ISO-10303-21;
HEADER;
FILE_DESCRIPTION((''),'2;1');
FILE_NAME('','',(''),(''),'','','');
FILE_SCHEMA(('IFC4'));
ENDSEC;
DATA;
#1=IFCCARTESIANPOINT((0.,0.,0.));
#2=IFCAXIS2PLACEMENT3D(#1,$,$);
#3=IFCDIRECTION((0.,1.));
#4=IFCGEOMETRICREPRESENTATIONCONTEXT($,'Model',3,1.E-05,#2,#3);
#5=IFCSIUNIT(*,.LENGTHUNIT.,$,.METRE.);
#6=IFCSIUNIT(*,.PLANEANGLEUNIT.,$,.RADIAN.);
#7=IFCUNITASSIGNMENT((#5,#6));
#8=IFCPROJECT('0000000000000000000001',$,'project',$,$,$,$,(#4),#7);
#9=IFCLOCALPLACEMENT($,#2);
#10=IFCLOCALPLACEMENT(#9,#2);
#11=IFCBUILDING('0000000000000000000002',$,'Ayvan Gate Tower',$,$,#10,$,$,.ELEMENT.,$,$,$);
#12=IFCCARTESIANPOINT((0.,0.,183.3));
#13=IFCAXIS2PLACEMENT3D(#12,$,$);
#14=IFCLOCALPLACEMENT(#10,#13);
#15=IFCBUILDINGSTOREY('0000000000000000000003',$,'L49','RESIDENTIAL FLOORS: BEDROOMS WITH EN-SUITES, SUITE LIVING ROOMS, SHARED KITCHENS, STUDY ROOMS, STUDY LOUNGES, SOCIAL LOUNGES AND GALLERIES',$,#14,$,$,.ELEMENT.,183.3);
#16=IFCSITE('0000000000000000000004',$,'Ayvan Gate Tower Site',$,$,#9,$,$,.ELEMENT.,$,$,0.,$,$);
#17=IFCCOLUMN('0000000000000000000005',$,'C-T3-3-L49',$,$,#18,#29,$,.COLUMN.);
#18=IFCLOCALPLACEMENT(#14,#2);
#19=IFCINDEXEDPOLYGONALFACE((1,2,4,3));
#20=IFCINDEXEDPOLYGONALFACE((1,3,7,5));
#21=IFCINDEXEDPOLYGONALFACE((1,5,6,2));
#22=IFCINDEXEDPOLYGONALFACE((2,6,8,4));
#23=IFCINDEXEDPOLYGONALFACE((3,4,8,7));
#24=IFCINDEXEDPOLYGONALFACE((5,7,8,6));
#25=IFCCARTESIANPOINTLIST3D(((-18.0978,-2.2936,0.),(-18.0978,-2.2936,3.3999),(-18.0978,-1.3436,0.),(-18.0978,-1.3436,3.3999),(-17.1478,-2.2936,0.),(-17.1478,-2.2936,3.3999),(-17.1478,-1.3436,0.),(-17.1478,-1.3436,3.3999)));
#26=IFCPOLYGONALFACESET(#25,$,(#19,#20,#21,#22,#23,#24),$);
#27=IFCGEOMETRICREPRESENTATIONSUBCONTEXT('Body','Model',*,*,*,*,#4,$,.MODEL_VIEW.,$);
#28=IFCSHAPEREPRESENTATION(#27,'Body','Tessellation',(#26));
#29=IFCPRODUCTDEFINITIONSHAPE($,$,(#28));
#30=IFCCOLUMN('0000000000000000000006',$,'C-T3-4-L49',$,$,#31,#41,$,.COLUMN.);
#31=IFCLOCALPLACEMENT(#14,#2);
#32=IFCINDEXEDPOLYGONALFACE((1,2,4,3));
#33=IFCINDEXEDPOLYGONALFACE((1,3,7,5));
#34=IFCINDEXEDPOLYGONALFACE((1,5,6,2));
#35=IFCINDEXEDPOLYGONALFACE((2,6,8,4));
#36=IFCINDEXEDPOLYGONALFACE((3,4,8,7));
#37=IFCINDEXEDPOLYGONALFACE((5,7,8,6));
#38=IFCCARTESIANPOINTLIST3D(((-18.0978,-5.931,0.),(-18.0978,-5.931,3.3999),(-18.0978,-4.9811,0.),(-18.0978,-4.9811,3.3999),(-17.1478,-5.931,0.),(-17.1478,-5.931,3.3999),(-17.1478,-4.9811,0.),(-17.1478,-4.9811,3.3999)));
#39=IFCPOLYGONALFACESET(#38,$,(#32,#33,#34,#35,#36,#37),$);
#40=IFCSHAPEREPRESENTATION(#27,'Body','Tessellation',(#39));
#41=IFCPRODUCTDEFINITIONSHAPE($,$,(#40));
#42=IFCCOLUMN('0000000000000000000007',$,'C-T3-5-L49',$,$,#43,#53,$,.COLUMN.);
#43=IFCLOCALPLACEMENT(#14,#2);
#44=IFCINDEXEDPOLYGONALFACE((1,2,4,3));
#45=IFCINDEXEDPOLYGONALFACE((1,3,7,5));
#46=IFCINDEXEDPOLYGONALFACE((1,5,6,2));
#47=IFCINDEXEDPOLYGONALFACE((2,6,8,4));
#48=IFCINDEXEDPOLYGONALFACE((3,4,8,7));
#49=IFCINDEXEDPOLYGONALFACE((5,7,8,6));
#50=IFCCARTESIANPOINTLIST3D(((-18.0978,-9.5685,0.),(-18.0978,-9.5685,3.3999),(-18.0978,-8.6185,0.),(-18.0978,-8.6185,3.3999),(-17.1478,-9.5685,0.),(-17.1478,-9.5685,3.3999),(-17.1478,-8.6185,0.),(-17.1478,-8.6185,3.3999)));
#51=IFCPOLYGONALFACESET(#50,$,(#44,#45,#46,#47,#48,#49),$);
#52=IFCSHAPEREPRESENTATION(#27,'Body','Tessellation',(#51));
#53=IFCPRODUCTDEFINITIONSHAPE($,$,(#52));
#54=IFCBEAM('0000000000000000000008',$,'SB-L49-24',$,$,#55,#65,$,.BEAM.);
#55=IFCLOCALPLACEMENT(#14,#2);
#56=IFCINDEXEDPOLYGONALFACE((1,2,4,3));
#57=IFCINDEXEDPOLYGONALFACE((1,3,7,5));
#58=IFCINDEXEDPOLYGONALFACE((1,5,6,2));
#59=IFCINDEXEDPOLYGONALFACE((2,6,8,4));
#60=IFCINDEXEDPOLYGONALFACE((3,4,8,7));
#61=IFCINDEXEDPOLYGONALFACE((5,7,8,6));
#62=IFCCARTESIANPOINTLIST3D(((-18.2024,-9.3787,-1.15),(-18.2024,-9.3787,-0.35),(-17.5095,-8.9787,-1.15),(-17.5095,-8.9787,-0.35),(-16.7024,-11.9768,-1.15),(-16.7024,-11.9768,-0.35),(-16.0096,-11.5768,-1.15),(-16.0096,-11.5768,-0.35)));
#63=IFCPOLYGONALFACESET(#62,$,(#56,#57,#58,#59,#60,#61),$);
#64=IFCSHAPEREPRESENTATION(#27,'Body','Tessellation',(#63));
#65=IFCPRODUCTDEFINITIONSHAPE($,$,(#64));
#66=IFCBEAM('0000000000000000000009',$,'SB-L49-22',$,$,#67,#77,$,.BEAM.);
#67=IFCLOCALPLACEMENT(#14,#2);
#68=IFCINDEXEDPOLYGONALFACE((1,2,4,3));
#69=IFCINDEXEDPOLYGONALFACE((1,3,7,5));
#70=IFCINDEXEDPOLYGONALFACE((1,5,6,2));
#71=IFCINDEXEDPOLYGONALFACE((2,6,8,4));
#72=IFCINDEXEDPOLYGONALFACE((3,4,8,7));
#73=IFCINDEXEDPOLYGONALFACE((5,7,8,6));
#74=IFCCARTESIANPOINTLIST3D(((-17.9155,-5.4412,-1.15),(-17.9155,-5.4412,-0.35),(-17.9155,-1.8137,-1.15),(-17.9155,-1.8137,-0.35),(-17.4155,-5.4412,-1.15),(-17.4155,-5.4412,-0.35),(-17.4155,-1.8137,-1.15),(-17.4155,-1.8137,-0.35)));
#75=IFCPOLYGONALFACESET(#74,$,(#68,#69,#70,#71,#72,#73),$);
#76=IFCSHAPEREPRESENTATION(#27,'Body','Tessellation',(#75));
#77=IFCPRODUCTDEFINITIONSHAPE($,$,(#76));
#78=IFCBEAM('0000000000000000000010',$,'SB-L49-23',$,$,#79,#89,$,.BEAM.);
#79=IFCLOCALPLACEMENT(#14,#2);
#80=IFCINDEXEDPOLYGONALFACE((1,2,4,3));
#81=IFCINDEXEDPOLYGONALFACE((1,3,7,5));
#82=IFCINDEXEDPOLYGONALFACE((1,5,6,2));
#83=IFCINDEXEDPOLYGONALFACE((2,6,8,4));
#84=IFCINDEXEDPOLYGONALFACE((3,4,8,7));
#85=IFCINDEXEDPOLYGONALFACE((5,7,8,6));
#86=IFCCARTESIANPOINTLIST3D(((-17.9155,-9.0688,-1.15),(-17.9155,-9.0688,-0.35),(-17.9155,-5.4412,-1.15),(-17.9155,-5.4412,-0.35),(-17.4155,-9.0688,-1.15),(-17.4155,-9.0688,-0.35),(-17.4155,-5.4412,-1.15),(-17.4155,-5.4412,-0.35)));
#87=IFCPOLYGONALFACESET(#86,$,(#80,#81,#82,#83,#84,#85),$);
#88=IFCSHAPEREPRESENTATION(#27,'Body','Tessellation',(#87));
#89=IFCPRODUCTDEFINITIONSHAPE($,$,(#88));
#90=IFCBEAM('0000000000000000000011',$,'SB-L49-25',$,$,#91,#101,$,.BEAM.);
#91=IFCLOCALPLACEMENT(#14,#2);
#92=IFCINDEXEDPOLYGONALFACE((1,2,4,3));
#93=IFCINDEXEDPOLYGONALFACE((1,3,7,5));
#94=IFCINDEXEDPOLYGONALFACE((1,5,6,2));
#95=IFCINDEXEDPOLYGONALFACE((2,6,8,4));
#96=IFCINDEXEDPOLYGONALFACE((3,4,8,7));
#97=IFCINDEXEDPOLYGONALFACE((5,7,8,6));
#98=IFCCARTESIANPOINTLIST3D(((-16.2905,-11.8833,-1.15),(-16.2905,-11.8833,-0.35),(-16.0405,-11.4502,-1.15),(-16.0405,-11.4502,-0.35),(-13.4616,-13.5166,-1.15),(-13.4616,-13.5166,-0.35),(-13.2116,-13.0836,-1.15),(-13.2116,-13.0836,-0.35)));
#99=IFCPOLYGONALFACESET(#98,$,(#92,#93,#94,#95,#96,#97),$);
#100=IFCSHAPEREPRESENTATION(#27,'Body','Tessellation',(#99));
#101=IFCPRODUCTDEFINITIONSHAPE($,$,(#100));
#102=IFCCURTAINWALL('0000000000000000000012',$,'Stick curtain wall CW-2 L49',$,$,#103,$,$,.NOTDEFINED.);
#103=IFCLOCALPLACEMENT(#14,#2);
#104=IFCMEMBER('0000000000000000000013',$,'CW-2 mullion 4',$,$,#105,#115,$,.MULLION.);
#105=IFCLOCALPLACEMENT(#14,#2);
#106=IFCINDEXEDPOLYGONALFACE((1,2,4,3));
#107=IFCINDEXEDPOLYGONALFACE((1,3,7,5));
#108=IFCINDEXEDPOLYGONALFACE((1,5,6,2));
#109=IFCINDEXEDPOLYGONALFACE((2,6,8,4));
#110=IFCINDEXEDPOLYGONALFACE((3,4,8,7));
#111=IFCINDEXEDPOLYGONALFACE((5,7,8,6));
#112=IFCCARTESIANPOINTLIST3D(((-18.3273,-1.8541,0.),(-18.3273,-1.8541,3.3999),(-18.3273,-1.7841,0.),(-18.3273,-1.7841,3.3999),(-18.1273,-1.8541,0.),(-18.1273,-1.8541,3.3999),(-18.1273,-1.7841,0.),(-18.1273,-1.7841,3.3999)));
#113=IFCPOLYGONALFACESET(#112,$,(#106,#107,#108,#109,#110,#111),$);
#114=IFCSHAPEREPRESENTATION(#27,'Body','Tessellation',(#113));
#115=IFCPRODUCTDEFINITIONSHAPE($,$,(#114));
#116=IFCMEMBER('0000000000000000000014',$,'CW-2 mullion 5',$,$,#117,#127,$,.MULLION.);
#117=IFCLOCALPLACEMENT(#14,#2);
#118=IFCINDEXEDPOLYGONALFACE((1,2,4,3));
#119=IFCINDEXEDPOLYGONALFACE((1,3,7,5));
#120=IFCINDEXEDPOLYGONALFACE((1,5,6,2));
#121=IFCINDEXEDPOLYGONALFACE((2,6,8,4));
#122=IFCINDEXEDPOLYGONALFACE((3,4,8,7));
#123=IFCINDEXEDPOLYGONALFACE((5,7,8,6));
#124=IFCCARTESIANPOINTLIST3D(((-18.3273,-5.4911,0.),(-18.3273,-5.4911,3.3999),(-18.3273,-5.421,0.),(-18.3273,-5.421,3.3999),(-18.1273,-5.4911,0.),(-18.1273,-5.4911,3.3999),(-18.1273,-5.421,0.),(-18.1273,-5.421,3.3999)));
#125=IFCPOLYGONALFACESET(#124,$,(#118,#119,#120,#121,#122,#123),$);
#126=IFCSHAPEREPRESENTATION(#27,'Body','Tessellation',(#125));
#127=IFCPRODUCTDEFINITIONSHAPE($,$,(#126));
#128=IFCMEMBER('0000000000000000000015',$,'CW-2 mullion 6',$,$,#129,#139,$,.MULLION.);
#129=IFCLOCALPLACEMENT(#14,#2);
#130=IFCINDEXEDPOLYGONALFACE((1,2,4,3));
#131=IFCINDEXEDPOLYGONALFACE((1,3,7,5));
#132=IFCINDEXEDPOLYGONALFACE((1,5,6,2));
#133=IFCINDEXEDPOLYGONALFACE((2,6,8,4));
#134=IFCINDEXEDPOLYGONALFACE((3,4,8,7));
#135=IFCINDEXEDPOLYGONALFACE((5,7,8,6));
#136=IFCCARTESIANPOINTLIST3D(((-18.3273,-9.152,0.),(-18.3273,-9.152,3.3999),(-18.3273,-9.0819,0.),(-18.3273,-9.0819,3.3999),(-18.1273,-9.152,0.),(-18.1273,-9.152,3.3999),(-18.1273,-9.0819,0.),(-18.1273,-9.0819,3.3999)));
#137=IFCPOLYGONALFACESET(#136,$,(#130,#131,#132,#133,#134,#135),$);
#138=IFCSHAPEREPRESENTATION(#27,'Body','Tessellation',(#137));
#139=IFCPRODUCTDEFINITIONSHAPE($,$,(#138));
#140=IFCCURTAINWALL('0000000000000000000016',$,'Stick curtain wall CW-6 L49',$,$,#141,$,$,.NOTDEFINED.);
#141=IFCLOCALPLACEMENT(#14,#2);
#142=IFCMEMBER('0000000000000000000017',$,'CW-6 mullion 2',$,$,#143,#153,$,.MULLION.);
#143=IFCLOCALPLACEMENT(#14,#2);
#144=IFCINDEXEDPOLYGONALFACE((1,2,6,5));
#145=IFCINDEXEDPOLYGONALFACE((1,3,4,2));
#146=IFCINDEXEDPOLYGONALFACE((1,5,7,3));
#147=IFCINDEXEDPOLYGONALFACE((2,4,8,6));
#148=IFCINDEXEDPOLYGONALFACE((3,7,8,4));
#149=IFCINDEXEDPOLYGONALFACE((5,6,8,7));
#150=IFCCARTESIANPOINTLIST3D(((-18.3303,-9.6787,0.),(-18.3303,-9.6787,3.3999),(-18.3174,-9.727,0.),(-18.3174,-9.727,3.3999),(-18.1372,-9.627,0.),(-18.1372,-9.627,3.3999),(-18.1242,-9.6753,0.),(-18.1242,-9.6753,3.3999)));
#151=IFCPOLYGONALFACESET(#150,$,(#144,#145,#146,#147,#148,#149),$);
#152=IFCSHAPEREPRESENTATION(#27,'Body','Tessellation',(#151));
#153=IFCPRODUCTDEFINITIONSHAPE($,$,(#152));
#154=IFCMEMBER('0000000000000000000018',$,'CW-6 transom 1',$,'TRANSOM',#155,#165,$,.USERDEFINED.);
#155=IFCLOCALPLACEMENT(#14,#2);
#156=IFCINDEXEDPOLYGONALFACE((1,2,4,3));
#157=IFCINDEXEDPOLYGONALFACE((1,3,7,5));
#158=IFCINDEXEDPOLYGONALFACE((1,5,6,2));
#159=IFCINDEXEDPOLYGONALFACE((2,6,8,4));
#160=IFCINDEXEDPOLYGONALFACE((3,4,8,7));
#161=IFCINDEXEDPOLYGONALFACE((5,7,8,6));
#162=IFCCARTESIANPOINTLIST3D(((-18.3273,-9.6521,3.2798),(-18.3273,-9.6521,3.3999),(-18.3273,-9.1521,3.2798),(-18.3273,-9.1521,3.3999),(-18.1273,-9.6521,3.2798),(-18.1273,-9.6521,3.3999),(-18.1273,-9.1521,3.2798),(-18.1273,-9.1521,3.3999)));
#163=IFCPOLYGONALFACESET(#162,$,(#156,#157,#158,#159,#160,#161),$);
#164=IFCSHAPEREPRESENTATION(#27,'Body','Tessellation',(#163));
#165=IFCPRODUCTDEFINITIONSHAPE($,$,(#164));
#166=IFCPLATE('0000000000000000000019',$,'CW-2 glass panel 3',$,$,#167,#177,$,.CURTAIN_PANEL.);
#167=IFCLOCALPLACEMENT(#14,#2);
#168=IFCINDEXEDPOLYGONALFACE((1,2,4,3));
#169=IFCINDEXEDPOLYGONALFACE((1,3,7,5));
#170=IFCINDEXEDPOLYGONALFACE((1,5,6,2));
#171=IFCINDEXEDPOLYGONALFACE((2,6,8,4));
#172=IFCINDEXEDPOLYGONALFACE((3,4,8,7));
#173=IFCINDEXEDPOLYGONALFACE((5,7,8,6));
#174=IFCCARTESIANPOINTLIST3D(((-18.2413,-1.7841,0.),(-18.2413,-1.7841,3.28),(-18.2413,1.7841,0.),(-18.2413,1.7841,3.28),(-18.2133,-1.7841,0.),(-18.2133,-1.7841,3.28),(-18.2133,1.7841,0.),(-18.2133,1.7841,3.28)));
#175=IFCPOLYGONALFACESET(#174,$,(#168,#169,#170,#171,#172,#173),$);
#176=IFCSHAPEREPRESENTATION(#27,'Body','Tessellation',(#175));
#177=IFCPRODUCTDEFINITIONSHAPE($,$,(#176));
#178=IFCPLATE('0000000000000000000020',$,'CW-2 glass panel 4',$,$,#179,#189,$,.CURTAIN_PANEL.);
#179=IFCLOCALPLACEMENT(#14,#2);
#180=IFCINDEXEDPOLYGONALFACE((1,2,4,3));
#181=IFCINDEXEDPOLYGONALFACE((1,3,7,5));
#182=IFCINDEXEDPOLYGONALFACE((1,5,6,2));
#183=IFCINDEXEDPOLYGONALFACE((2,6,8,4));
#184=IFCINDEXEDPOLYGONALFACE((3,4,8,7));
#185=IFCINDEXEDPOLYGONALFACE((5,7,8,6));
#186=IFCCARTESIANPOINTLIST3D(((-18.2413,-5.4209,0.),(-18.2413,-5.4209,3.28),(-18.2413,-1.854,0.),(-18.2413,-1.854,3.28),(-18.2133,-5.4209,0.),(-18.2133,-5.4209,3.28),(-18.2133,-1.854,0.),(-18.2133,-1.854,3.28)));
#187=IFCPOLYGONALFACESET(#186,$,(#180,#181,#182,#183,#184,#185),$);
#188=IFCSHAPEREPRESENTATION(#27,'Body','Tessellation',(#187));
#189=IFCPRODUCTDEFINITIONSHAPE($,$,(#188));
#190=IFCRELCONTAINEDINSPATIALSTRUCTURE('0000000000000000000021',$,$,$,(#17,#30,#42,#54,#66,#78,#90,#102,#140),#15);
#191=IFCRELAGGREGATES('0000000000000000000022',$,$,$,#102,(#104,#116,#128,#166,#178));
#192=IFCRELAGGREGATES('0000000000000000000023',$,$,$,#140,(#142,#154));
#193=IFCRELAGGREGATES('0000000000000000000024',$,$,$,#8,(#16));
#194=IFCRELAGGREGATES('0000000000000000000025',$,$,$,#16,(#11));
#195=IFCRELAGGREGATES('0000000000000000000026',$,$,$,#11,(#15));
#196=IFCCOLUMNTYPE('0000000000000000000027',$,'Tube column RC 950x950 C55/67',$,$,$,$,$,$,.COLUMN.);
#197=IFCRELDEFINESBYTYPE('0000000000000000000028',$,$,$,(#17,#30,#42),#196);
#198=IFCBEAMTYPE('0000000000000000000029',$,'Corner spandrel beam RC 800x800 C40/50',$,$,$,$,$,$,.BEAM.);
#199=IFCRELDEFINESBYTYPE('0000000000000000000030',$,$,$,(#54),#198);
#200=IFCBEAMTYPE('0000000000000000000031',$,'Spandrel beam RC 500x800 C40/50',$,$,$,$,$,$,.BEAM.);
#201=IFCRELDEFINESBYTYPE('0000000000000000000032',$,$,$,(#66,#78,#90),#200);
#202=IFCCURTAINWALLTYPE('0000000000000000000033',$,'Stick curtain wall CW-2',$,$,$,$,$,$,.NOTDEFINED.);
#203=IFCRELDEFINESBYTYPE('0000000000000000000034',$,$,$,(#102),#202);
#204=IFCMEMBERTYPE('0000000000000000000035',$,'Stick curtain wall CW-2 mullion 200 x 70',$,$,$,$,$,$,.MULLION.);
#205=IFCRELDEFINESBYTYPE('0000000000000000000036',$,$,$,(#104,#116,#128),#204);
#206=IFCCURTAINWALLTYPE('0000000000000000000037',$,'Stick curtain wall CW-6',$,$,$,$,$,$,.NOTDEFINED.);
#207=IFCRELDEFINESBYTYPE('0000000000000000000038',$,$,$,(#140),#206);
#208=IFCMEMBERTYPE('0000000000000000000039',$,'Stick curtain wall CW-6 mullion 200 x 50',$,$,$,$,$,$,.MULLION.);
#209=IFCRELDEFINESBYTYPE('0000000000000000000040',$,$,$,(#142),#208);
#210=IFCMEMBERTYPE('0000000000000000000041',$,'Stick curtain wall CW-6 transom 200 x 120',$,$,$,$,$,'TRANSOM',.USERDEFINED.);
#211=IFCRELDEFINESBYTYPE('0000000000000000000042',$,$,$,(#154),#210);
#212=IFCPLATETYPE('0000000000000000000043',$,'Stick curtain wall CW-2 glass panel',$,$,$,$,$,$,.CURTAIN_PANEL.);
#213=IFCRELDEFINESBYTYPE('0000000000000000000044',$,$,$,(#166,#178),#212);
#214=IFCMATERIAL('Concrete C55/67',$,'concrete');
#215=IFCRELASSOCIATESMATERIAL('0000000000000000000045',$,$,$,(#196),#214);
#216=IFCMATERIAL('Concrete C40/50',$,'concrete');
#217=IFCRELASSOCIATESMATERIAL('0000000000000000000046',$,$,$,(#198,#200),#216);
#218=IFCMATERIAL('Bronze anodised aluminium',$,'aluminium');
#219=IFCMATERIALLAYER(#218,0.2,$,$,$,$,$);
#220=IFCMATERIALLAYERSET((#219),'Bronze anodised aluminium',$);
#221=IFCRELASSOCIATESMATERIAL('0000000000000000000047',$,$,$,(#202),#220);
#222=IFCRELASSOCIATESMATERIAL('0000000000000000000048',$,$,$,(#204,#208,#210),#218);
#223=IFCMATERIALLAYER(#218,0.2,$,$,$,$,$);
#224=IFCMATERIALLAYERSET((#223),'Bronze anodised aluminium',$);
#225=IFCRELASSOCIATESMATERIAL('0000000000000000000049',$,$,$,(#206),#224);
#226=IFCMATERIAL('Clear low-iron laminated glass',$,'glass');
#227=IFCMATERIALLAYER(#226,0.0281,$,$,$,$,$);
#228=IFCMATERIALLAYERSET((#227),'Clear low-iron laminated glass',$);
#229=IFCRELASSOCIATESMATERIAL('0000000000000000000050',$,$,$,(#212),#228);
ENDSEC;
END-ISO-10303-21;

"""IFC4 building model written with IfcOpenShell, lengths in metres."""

from ifc_helpers import new_model, si_unit, direction, frame, origin, origin_2d, place, context, subcontext, project, spatial, rectangle, extrude, material, layer, layer_set, material_profile, profile_set, type_object, element, aggregate, save


model = new_model("IFC4")

# Units and contexts
model_context = context("Model", 3, precision=1e-05, world=origin(), true_north=direction((0.0, 1.0)))
body_context = subcontext(model_context, "Body", "Model", "MODEL_VIEW")
ifc_project = project(units=[si_unit("LENGTHUNIT", "METRE"), si_unit("PLANEANGLEUNIT", "RADIAN")], contexts=[model_context])

# Site, building, storey
site_placement = place(None, origin())
site = spatial("IfcSite", under=ifc_project, at=site_placement, Name="Ayvan Gate Tower Site", CompositionType="ELEMENT", RefElevation=0.0)
building_placement = place(site_placement, origin())
building = spatial("IfcBuilding", under=site, at=building_placement, Name="Ayvan Gate Tower", CompositionType="ELEMENT")
storey_placement = place(building_placement, frame((0.0, 0.0, 183.3)))
storey = spatial("IfcBuildingStorey", under=building, at=storey_placement, Name="L49", Description="RESIDENTIAL FLOORS: BEDROOMS WITH EN-SUITES, SUITE LIVING ROOMS, SHARED KITCHENS, STUDY ROOMS, STUDY LOUNGES, SOCIAL LOUNGES AND GALLERIES", CompositionType="ELEMENT", Elevation=183.3)

# Columns
ifc_material_1 = material(Name="Concrete C55/67", Category="concrete")
ifc_material_profile_1 = material_profile(ifc_material_1, rectangle(XDim=0.95, YDim=0.95, at=origin_2d()), Name="RC 950x950")
ifc_profile_set_1 = profile_set([ifc_material_profile_1], Name="Concrete C55/67")
column_type = type_object("IfcColumnType", Name="Tube column RC 950x950 C55/67", PredefinedType="COLUMN", material=ifc_profile_set_1)
for number, where, z_axis, x_axis, name in (
    (1, (-17.6228, -1.8186, 0.0), (0.0, 0.0, 1.0), (-1.0, 0.0, 0.0), "C-T3-3-L49"),
    (2, (-17.6228, -5.4561, 0.0), (0.0, 0.0, 1.0), (-1.0, 0.0, 0.0), "C-T3-4-L49"),
    (3, (-17.6228, -9.0935, 0.0), (0.0, 0.0, 1.0), (-1.0, 0.0, 0.0), "C-T3-5-L49"),
):
    element("IfcColumn", number, at=place(storey_placement, frame(where, z_axis=z_axis, x_axis=x_axis)), inside=storey, type_object=column_type, Name=name, PredefinedType="COLUMN", context=body_context, shape_type="SweptSolid", body=[
        extrude(rectangle(XDim=0.95, YDim=0.95, at=origin_2d()), origin(), (0.0, 0.0, 1.0), 3.3999),
    ])

# Beams
ifc_material_2 = material(Name="Concrete C40/50", Category="concrete")
ifc_material_profile_2 = material_profile(ifc_material_2, rectangle(XDim=0.8, YDim=0.8, at=origin_2d()), Name="RC 800x800")
ifc_profile_set_2 = profile_set([ifc_material_profile_2], Name="Concrete C40/50")
beam_type_1 = type_object("IfcBeamType", Name="Corner spandrel beam RC 800x800 C40/50", PredefinedType="BEAM", material=ifc_profile_set_2)
beam_1_placement = place(storey_placement, frame((-17.856, -9.1787, -0.75), z_axis=(0.49999, -0.866031, 0.0), x_axis=(0.866031, 0.49999, 0.0)))
element("IfcBeam", 4, at=beam_1_placement, inside=storey, type_object=beam_type_1, Name="SB-L49-24", PredefinedType="BEAM", context=body_context, shape_type="SweptSolid", body=[
    extrude(rectangle(XDim=0.8, YDim=0.8, at=origin_2d()), origin(), (0.0, 0.0, 1.0), 3.0),
])
ifc_material_profile_3 = material_profile(ifc_material_2, rectangle(XDim=0.5, YDim=0.8, at=origin_2d()), Name="RC 500x800")
ifc_profile_set_3 = profile_set([ifc_material_profile_3], Name="Concrete C40/50")
beam_type_2 = type_object("IfcBeamType", Name="Spandrel beam RC 500x800 C40/50", PredefinedType="BEAM", material=ifc_profile_set_3)
beam_2_placement = place(storey_placement, frame((-17.6655, -1.8137, -0.75), z_axis=(0.0, -1.0, 0.0), x_axis=(1.0, 0.0, 0.0)))
element("IfcBeam", 5, at=beam_2_placement, inside=storey, type_object=beam_type_2, Name="SB-L49-22", PredefinedType="BEAM", context=body_context, shape_type="SweptSolid", body=[
    extrude(rectangle(XDim=0.5, YDim=0.8, at=origin_2d()), origin(), (0.0, 0.0, 1.0), 3.6274),
])
beam_3_placement = place(storey_placement, frame((-17.6655, -5.4412, -0.75), z_axis=(0.0, -1.0, 0.0), x_axis=(1.0, 0.0, 0.0)))
element("IfcBeam", 6, at=beam_3_placement, inside=storey, type_object=beam_type_2, Name="SB-L49-23", PredefinedType="BEAM", context=body_context, shape_type="SweptSolid", body=[
    extrude(rectangle(XDim=0.5, YDim=0.8, at=origin_2d()), origin(), (0.0, 0.0, 1.0), 3.6277),
])
beam_4_placement = place(storey_placement, frame((-16.1655, -11.6667, -0.75), z_axis=(0.866018, -0.500014, 0.0), x_axis=(0.500014, 0.866018, 0.0)))
element("IfcBeam", 7, at=beam_4_placement, inside=storey, type_object=beam_type_2, Name="SB-L49-25", PredefinedType="BEAM", context=body_context, shape_type="SweptSolid", body=[
    extrude(rectangle(XDim=0.5, YDim=0.8, at=origin_2d()), origin(), (0.0, 0.0, 1.0), 3.2666),
])

# Curtain walls, members
ifc_material_3 = material(Name="Bronze anodised aluminium", Category="aluminium")
ifc_layer_1 = layer(ifc_material_3, 0.2)
ifc_layer_set_1 = layer_set([ifc_layer_1], Name="Bronze anodised aluminium")
curtain_wall_type_1 = type_object("IfcCurtainWallType", Name="Stick curtain wall CW-2", PredefinedType="NOTDEFINED", material=ifc_layer_set_1)
curtain_wall_1_placement = place(storey_placement, origin())
curtain_wall_1 = element("IfcCurtainWall", 8, at=curtain_wall_1_placement, inside=storey, type_object=curtain_wall_type_1, Name="Stick curtain wall CW-2 L49", PredefinedType="NOTDEFINED")
ifc_material_profile_4 = material_profile(ifc_material_3, rectangle(XDim=0.2, YDim=0.0701, at=origin_2d()), Name="Stick curtain wall CW-2 mullion 200 x 70")
ifc_profile_set_4 = profile_set([ifc_material_profile_4], Name="Bronze anodised aluminium")
member_type_1 = type_object("IfcMemberType", Name="Stick curtain wall CW-2 mullion 200 x 70", PredefinedType="MULLION", material=ifc_profile_set_4)
member_1_placement = place(storey_placement, frame((-18.2273, -1.8191, 0.0), z_axis=(0.0, 0.0, 1.0), x_axis=(-1.0, 0.0, 0.0)))
member_1 = element("IfcMember", 9, at=member_1_placement, type_object=member_type_1, Name="CW-2 mullion 4", PredefinedType="MULLION", context=body_context, shape_type="SweptSolid", body=[
    extrude(rectangle(XDim=0.2, YDim=0.0701, at=origin_2d()), origin(), (0.0, 0.0, 1.0), 3.3999),
])
member_2_placement = place(storey_placement, frame((-18.2273, -5.4561, 0.0), z_axis=(0.0, 0.0, 1.0), x_axis=(-1.0, 0.0, 0.0)))
member_2 = element("IfcMember", 10, at=member_2_placement, type_object=member_type_1, Name="CW-2 mullion 5", PredefinedType="MULLION", context=body_context, shape_type="SweptSolid", body=[
    extrude(rectangle(XDim=0.2, YDim=0.0701, at=origin_2d()), origin(), (0.0, 0.0, 1.0), 3.3999),
])
member_3_placement = place(storey_placement, frame((-18.2273, -9.1169, 0.0), z_axis=(0.0, 0.0, 1.0), x_axis=(-1.0, 0.0, 0.0)))
member_3 = element("IfcMember", 11, at=member_3_placement, type_object=member_type_1, Name="CW-2 mullion 6", PredefinedType="MULLION", context=body_context, shape_type="SweptSolid", body=[
    extrude(rectangle(XDim=0.2, YDim=0.0701, at=origin_2d()), origin(), (0.0, 0.0, 1.0), 3.3999),
])
ifc_layer_2 = layer(ifc_material_3, 0.2)
ifc_layer_set_2 = layer_set([ifc_layer_2], Name="Bronze anodised aluminium")
curtain_wall_type_2 = type_object("IfcCurtainWallType", Name="Stick curtain wall CW-6", PredefinedType="NOTDEFINED", material=ifc_layer_set_2)
curtain_wall_2_placement = place(storey_placement, origin())
curtain_wall_2 = element("IfcCurtainWall", 12, at=curtain_wall_2_placement, inside=storey, type_object=curtain_wall_type_2, Name="Stick curtain wall CW-6 L49", PredefinedType="NOTDEFINED")
ifc_material_profile_5 = material_profile(ifc_material_3, rectangle(XDim=0.2, YDim=0.05, at=origin_2d()), Name="Stick curtain wall CW-6 mullion 200 x 50")
ifc_profile_set_5 = profile_set([ifc_material_profile_5], Name="Bronze anodised aluminium")
member_type_2 = type_object("IfcMemberType", Name="Stick curtain wall CW-6 mullion 200 x 50", PredefinedType="MULLION", material=ifc_profile_set_5)
member_4_placement = place(storey_placement, frame((-18.2273, -9.677, 0.0), z_axis=(0.0, 0.0, 1.0), x_axis=(-0.965926, -0.258819, 0.0)))
member_4 = element("IfcMember", 13, at=member_4_placement, type_object=member_type_2, Name="CW-6 mullion 2", PredefinedType="MULLION", context=body_context, shape_type="SweptSolid", body=[
    extrude(rectangle(XDim=0.2, YDim=0.05, at=origin_2d()), origin(), (0.0, 0.0, 1.0), 3.3999),
])
ifc_material_profile_6 = material_profile(ifc_material_3, rectangle(XDim=0.2, YDim=0.1201, at=origin_2d()), Name="Stick curtain wall CW-6 transom 200 x 120")
ifc_profile_set_6 = profile_set([ifc_material_profile_6], Name="Bronze anodised aluminium")
member_type_3 = type_object("IfcMemberType", Name="Stick curtain wall CW-6 transom 200 x 120", ElementType="TRANSOM", PredefinedType="USERDEFINED", material=ifc_profile_set_6)
member_5_placement = place(storey_placement, frame((-18.2273, -9.1521, 3.3398), z_axis=(0.0, -1.0, 0.0), x_axis=(1.0, 0.0, 0.0)))
member_5 = element("IfcMember", 14, at=member_5_placement, type_object=member_type_3, Name="CW-6 transom 1", ObjectType="TRANSOM", PredefinedType="USERDEFINED", context=body_context, shape_type="SweptSolid", body=[
    extrude(rectangle(XDim=0.2, YDim=0.1201, at=origin_2d()), origin(), (0.0, 0.0, 1.0), 0.5),
])

# Plates
ifc_material_4 = material(Name="Clear low-iron laminated glass", Category="glass")
ifc_layer_3 = layer(ifc_material_4, 0.0281)
ifc_layer_set_3 = layer_set([ifc_layer_3], Name="Clear low-iron laminated glass")
plate_type_1 = type_object("IfcPlateType", Name="Stick curtain wall CW-2 glass panel", PredefinedType="CURTAIN_PANEL", material=ifc_layer_set_3)
plate_1_placement = place(storey_placement, frame((-18.2273, 0.0, 0.0), z_axis=(0.0, 0.0, 1.0), x_axis=(0.0, -1.0, 0.0)))
plate_1 = element("IfcPlate", 15, at=plate_1_placement, type_object=plate_type_1, Name="CW-2 glass panel 3", PredefinedType="CURTAIN_PANEL", context=body_context, shape_type="SweptSolid", body=[
    extrude(rectangle(XDim=3.5681, YDim=0.0281, at=origin_2d()), origin(), (0.0, 0.0, 1.0), 3.28),
])
plate_2_placement = place(storey_placement, frame((-18.2273, -3.6375, 0.0), z_axis=(0.0, 0.0, 1.0), x_axis=(0.0, -1.0, 0.0)))
plate_2 = element("IfcPlate", 16, at=plate_2_placement, type_object=plate_type_1, Name="CW-2 glass panel 4", PredefinedType="CURTAIN_PANEL", context=body_context, shape_type="SweptSolid", body=[
    extrude(rectangle(XDim=3.5669, YDim=0.0281, at=origin_2d()), origin(), (0.0, 0.0, 1.0), 3.28),
])
aggregate(curtain_wall_1, [member_1, member_2, member_3, plate_1, plate_2])
aggregate(curtain_wall_2, [member_4, member_5])

save(model, "model.ifc")
